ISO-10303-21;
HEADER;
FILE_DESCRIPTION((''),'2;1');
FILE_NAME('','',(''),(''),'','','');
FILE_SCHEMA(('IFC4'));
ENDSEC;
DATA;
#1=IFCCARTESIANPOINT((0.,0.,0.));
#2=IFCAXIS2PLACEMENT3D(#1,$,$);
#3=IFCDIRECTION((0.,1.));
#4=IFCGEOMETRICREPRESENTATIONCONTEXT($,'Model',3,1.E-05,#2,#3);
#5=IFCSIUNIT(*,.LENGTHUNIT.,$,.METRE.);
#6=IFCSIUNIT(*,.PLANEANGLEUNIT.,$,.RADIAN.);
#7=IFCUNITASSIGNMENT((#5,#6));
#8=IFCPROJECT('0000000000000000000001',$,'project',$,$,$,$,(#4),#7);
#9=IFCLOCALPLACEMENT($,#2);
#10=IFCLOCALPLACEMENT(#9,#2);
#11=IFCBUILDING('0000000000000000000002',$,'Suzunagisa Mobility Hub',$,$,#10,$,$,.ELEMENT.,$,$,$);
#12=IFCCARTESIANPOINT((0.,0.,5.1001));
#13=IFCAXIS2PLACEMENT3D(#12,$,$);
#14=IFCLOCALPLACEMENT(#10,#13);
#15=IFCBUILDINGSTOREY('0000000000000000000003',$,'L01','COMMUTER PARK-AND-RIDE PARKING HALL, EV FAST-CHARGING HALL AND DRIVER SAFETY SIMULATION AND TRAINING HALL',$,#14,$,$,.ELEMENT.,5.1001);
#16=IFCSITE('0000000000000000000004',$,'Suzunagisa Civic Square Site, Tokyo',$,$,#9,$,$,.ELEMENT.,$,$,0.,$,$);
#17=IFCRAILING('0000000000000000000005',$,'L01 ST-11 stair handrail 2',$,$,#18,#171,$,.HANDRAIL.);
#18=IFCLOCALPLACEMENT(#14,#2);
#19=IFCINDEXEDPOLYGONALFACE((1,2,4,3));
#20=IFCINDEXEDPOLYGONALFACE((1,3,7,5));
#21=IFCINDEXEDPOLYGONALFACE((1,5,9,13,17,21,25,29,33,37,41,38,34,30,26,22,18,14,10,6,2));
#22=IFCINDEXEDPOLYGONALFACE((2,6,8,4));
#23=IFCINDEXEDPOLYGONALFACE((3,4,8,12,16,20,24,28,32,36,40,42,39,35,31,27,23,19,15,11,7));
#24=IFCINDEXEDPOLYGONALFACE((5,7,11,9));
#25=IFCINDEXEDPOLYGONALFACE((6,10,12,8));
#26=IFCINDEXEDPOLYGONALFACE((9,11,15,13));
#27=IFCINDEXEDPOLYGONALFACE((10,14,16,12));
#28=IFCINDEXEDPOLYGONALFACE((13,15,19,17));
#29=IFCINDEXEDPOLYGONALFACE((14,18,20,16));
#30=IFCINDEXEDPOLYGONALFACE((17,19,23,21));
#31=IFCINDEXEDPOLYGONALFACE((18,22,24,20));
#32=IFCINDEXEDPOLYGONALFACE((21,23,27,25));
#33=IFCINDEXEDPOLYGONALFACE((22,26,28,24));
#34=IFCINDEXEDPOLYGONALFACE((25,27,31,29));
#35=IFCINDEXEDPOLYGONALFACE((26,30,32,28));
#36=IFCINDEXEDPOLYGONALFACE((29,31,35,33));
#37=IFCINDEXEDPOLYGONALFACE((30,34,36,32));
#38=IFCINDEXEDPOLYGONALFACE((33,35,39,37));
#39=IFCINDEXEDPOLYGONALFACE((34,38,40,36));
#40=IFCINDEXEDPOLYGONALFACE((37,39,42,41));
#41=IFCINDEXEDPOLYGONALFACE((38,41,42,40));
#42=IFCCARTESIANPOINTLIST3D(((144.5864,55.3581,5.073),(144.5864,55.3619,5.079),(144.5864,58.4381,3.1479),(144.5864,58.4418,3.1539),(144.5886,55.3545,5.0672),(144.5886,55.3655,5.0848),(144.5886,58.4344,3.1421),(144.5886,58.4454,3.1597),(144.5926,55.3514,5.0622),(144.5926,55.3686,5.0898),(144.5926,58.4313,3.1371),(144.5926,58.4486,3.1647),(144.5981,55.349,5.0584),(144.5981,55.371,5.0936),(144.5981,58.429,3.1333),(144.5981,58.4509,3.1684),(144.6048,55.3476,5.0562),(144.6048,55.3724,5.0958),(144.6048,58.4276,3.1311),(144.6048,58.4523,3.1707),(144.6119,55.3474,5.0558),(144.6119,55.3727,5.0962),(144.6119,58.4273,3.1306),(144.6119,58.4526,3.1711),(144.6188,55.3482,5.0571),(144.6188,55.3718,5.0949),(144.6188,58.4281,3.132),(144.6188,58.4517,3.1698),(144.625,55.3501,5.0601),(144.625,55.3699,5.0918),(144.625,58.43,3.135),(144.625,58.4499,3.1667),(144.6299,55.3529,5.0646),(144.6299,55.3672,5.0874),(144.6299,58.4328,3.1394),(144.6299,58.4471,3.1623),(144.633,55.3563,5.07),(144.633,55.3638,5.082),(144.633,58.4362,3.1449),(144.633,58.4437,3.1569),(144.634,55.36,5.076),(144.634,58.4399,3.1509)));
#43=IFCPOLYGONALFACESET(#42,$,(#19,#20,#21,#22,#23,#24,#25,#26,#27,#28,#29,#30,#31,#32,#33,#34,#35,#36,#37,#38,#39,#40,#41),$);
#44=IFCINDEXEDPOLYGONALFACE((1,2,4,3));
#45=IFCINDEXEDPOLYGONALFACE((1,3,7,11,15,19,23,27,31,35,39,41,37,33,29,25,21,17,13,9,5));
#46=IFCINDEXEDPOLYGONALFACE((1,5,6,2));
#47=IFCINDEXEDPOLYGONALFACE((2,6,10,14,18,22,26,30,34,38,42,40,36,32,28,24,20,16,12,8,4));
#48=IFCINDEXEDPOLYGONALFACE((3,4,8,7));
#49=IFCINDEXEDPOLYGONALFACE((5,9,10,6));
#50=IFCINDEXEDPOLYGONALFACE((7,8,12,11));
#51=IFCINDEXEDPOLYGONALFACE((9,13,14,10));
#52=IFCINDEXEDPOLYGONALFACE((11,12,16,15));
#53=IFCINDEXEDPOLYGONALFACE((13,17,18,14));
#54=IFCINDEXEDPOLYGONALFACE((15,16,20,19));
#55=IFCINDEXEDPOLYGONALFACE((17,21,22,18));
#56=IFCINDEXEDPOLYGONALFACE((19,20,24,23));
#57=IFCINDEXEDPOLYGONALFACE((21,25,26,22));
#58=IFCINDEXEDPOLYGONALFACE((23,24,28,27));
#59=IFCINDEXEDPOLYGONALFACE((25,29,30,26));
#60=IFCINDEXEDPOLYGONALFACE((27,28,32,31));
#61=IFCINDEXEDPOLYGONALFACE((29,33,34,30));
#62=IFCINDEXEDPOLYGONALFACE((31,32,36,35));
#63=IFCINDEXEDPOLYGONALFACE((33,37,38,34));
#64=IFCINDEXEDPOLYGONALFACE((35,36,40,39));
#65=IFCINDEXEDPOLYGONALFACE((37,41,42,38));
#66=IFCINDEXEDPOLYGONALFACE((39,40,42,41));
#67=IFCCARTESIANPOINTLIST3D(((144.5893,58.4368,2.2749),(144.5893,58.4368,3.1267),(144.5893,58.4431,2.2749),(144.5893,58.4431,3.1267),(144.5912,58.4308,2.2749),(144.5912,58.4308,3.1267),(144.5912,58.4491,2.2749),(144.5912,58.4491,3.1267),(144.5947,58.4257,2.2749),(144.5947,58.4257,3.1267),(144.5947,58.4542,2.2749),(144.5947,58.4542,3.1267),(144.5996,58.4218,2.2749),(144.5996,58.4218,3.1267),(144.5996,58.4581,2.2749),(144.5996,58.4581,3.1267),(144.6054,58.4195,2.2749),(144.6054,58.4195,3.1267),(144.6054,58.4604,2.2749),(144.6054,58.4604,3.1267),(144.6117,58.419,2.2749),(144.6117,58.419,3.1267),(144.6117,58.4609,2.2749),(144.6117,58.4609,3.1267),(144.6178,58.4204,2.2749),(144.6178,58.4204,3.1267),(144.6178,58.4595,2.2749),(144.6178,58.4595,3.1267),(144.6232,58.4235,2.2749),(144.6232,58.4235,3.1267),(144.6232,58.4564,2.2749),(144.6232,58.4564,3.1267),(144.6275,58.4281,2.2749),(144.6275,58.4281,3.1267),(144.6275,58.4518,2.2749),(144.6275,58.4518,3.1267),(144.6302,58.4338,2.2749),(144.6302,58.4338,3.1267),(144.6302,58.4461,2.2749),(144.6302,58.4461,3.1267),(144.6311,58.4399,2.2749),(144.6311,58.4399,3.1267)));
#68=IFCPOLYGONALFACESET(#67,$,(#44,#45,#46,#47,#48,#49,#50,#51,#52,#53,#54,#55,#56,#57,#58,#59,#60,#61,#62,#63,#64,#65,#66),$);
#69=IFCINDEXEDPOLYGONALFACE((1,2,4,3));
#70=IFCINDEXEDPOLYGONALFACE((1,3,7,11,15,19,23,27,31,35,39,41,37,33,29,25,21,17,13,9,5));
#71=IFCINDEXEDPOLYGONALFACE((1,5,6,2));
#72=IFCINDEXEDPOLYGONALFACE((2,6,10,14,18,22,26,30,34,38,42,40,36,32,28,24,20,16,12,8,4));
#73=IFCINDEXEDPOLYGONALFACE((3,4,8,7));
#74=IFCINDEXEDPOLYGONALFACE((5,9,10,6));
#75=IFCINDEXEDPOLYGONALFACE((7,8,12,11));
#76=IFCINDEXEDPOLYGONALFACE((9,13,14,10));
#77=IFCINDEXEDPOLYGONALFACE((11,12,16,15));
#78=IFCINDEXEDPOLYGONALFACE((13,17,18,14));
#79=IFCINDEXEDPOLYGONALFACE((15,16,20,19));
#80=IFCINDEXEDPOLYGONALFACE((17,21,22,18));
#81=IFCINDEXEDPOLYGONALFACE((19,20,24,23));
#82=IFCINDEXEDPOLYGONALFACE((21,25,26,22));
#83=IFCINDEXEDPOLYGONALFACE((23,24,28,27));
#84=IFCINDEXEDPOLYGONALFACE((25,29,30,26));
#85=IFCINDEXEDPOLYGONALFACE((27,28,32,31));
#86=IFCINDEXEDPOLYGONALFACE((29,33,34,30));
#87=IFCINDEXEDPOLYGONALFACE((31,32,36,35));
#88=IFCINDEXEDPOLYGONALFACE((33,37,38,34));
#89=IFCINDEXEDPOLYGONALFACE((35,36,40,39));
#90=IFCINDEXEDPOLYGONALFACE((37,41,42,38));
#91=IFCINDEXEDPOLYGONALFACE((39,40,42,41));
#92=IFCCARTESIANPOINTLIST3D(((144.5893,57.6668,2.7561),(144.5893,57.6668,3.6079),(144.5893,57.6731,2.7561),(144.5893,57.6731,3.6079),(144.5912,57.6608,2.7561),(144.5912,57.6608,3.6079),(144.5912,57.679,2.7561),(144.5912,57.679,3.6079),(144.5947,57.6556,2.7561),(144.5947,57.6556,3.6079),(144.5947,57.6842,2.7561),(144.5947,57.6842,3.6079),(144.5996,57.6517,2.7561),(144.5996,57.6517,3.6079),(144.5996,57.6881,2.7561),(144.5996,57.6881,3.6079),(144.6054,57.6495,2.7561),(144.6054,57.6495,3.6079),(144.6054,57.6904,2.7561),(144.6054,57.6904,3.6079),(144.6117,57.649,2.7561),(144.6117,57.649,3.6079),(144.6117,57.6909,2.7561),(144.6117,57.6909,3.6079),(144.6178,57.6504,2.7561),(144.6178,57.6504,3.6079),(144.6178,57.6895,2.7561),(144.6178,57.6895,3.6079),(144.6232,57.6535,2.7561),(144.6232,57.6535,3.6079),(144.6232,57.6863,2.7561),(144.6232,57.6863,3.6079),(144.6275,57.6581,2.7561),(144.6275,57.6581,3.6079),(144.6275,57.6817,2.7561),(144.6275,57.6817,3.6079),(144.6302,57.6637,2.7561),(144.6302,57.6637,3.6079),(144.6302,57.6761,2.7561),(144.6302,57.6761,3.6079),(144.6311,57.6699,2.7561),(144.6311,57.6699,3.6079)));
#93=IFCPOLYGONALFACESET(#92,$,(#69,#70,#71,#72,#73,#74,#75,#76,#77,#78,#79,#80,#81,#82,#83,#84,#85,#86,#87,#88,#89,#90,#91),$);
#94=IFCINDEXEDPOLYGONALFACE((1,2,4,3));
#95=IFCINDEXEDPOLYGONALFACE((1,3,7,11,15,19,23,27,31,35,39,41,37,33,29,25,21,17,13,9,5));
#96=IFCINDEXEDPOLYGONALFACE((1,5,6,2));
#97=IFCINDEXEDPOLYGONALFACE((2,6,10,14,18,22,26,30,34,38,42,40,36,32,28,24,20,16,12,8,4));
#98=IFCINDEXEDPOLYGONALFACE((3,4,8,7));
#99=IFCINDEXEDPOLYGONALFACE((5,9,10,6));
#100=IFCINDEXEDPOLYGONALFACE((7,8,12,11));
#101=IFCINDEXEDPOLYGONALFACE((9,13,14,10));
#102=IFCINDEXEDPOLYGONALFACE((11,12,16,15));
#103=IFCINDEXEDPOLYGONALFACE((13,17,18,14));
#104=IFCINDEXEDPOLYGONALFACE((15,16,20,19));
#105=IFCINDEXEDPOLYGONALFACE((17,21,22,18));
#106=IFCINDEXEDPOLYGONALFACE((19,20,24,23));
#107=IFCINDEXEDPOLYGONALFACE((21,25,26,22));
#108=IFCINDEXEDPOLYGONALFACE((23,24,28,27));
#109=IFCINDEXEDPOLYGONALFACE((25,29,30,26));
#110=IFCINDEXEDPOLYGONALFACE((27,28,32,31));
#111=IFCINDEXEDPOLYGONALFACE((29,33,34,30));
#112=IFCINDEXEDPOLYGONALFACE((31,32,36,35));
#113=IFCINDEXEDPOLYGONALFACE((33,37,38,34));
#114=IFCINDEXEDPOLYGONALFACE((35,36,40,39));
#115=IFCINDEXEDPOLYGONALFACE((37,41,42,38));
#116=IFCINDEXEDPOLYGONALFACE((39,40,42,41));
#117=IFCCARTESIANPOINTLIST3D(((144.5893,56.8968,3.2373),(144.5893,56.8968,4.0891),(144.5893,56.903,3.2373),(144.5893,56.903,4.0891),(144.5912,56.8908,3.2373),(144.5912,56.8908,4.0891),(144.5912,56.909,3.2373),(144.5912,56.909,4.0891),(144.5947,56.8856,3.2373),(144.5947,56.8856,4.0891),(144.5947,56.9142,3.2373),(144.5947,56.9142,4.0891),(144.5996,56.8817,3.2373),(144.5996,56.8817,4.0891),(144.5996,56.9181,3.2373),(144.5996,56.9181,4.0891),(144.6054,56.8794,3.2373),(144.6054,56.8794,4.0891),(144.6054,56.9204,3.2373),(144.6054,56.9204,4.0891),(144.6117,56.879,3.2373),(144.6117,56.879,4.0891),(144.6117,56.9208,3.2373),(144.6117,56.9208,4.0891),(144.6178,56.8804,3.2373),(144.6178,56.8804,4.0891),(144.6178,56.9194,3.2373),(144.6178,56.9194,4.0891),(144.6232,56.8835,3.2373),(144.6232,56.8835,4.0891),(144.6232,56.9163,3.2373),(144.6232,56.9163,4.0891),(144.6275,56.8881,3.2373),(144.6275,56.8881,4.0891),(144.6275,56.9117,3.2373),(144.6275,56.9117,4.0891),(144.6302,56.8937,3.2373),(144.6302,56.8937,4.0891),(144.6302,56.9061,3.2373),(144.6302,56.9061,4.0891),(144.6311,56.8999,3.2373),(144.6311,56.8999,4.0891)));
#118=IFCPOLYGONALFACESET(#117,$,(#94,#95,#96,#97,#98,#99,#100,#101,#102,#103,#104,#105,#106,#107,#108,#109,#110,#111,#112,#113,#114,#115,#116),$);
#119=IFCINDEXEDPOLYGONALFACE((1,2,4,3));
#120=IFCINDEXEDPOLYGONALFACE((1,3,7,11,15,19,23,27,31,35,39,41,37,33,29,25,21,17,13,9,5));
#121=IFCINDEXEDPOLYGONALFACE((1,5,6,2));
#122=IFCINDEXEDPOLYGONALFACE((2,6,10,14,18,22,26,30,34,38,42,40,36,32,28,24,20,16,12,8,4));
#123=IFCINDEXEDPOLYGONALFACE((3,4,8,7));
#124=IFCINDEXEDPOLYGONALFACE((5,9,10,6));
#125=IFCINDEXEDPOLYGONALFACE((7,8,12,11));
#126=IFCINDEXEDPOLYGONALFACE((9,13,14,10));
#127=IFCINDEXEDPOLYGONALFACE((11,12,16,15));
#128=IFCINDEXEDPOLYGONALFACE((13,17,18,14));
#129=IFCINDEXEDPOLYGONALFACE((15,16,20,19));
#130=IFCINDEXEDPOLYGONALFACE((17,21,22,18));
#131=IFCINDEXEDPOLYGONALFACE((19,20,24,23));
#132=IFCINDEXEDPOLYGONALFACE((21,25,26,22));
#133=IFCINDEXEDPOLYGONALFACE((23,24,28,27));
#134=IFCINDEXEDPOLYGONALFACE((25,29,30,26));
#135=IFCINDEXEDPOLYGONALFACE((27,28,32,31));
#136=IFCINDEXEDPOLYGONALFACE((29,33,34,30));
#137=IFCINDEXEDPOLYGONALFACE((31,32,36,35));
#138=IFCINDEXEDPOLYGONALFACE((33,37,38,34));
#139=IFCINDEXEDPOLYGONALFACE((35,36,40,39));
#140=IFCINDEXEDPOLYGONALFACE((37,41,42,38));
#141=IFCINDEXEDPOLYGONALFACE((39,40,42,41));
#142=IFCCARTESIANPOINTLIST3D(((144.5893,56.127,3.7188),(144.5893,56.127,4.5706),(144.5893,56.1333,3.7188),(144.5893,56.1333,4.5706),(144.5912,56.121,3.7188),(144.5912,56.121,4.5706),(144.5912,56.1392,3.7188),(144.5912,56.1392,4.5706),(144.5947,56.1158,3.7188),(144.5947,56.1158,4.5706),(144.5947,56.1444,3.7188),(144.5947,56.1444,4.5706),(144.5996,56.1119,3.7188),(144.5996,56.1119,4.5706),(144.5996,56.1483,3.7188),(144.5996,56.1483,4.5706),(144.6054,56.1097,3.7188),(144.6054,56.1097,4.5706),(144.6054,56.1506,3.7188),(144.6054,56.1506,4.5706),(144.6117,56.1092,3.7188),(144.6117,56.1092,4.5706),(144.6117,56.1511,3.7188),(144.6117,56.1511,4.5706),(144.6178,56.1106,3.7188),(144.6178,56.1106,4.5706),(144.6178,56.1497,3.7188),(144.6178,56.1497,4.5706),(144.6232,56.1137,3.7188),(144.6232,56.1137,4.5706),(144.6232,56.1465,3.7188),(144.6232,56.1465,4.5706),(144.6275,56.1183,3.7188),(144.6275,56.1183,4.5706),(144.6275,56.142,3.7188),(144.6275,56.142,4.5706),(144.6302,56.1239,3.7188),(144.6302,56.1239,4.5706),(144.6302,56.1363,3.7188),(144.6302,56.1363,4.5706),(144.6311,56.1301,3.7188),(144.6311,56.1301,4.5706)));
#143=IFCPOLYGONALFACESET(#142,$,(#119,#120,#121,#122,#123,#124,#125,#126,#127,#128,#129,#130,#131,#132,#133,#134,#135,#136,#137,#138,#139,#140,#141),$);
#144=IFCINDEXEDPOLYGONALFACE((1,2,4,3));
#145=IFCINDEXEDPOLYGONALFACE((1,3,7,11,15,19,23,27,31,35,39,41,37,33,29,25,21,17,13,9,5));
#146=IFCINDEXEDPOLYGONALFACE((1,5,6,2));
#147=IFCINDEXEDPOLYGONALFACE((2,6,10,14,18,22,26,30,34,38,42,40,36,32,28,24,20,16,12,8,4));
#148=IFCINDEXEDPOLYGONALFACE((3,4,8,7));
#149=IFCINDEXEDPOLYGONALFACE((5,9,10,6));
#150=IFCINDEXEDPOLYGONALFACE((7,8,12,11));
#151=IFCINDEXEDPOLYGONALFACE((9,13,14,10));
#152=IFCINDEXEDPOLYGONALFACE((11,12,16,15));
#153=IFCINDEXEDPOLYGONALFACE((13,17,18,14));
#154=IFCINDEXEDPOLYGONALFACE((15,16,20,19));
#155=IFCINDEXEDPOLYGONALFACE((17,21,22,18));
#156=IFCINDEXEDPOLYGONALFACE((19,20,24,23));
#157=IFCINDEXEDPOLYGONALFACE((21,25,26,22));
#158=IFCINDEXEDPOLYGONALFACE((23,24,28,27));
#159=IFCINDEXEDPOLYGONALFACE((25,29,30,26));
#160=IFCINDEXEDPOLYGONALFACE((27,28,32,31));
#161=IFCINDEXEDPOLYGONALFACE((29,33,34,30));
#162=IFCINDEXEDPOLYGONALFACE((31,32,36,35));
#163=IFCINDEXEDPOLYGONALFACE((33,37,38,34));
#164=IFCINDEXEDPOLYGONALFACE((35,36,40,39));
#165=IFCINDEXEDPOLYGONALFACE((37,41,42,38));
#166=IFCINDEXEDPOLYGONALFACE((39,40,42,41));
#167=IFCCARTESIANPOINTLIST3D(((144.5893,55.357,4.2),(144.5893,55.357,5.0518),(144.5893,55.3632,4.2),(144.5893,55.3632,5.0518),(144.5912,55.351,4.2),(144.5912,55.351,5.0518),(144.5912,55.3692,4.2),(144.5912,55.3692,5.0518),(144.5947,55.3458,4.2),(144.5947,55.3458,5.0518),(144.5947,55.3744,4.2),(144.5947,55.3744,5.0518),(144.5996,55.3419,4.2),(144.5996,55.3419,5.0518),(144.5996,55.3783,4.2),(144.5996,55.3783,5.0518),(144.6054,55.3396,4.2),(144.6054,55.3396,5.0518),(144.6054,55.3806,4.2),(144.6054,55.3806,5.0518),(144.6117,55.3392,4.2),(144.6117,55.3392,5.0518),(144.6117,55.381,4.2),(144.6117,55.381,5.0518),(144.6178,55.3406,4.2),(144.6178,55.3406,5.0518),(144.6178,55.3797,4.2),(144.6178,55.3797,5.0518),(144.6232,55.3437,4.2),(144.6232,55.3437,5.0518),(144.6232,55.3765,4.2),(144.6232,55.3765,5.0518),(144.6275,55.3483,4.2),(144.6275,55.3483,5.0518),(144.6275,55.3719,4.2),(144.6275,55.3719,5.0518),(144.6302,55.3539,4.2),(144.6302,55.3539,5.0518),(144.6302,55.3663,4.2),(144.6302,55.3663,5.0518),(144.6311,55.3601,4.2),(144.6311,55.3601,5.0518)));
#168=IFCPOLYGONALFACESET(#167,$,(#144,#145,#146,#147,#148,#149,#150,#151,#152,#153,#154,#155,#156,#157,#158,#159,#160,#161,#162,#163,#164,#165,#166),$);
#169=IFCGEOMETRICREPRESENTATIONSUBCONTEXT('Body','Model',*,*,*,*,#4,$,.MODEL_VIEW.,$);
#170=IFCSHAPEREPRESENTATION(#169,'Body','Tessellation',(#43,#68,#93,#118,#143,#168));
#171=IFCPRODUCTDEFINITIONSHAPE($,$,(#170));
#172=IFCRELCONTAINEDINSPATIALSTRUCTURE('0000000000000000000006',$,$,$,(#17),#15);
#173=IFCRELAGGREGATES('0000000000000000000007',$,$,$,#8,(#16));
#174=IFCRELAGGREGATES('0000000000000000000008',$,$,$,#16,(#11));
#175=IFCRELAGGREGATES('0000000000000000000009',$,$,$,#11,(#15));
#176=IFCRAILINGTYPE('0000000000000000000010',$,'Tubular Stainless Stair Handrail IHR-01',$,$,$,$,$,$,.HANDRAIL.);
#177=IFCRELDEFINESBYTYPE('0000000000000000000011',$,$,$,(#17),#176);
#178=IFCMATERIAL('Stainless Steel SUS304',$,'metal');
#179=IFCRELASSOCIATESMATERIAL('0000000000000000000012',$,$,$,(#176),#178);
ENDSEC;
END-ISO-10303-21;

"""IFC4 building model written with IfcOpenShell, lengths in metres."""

from ifc_helpers import new_model, si_unit, direction, frame, origin, origin_2d, place, context, subcontext, project, spatial, circle, extrude, material, type_object, element, save


model = new_model("IFC4")

# Units and contexts
model_context = context("Model", 3, precision=1e-05, world=origin(), true_north=direction((0.0, 1.0)))
body_context = subcontext(model_context, "Body", "Model", "MODEL_VIEW")
ifc_project = project(units=[si_unit("LENGTHUNIT", "METRE"), si_unit("PLANEANGLEUNIT", "RADIAN")], contexts=[model_context])

# Site, building, storey
site_placement = place(None, origin())
site = spatial("IfcSite", under=ifc_project, at=site_placement, Name="Suzunagisa Civic Square Site, Tokyo", CompositionType="ELEMENT", RefElevation=0.0)
building_placement = place(site_placement, origin())
building = spatial("IfcBuilding", under=site, at=building_placement, Name="Suzunagisa Mobility Hub", CompositionType="ELEMENT")
storey_placement = place(building_placement, frame((0.0, 0.0, 5.1001)))
storey = spatial("IfcBuildingStorey", under=building, at=storey_placement, Name="L01", Description="COMMUTER PARK-AND-RIDE PARKING HALL, EV FAST-CHARGING HALL AND DRIVER SAFETY SIMULATION AND TRAINING HALL", CompositionType="ELEMENT", Elevation=5.1001)

# Railing
ifc_material_1 = material(Name="Stainless Steel SUS304", Category="metal")
railing_type_1 = type_object("IfcRailingType", Name="Tubular Stainless Stair Handrail IHR-01", PredefinedType="HANDRAIL", material=ifc_material_1)
railing_1_placement = place(storey_placement, frame((144.6101, 58.4399, 2.2749)))
element("IfcRailing", 1, at=railing_1_placement, inside=storey, type_object=railing_type_1, Name="L01 ST-11 stair handrail 2", PredefinedType="HANDRAIL", context=body_context, shape_type="SweptSolid", body=[
    extrude(circle(Radius=0.0239, at=origin_2d()), frame((0.0, 0.0, 0.876), z_axis=(0.0, -0.847979, 0.530029), x_axis=(1.0, 0.0, 0.0)), (0.0, 0.0, 1.0), 3.6321),
    extrude(circle(Radius=0.021, at=origin_2d()), origin(), (0.0, 0.0, 1.0), 0.8518),
    extrude(circle(Radius=0.021, at=origin_2d()), frame((0.0, -0.77, 0.4812)), (0.0, 0.0, 1.0), 0.8518),
    extrude(circle(Radius=0.021, at=origin_2d()), frame((0.0, -1.54, 0.9624)), (0.0, 0.0, 1.0), 0.8518),
    extrude(circle(Radius=0.021, at=origin_2d()), frame((0.0, -2.3098, 1.4438)), (0.0, 0.0, 1.0), 0.8518),
    extrude(circle(Radius=0.021, at=origin_2d()), frame((0.0, -3.0798, 1.925)), (0.0, 0.0, 1.0), 0.8518),
])

save(model, "model.ifc")
